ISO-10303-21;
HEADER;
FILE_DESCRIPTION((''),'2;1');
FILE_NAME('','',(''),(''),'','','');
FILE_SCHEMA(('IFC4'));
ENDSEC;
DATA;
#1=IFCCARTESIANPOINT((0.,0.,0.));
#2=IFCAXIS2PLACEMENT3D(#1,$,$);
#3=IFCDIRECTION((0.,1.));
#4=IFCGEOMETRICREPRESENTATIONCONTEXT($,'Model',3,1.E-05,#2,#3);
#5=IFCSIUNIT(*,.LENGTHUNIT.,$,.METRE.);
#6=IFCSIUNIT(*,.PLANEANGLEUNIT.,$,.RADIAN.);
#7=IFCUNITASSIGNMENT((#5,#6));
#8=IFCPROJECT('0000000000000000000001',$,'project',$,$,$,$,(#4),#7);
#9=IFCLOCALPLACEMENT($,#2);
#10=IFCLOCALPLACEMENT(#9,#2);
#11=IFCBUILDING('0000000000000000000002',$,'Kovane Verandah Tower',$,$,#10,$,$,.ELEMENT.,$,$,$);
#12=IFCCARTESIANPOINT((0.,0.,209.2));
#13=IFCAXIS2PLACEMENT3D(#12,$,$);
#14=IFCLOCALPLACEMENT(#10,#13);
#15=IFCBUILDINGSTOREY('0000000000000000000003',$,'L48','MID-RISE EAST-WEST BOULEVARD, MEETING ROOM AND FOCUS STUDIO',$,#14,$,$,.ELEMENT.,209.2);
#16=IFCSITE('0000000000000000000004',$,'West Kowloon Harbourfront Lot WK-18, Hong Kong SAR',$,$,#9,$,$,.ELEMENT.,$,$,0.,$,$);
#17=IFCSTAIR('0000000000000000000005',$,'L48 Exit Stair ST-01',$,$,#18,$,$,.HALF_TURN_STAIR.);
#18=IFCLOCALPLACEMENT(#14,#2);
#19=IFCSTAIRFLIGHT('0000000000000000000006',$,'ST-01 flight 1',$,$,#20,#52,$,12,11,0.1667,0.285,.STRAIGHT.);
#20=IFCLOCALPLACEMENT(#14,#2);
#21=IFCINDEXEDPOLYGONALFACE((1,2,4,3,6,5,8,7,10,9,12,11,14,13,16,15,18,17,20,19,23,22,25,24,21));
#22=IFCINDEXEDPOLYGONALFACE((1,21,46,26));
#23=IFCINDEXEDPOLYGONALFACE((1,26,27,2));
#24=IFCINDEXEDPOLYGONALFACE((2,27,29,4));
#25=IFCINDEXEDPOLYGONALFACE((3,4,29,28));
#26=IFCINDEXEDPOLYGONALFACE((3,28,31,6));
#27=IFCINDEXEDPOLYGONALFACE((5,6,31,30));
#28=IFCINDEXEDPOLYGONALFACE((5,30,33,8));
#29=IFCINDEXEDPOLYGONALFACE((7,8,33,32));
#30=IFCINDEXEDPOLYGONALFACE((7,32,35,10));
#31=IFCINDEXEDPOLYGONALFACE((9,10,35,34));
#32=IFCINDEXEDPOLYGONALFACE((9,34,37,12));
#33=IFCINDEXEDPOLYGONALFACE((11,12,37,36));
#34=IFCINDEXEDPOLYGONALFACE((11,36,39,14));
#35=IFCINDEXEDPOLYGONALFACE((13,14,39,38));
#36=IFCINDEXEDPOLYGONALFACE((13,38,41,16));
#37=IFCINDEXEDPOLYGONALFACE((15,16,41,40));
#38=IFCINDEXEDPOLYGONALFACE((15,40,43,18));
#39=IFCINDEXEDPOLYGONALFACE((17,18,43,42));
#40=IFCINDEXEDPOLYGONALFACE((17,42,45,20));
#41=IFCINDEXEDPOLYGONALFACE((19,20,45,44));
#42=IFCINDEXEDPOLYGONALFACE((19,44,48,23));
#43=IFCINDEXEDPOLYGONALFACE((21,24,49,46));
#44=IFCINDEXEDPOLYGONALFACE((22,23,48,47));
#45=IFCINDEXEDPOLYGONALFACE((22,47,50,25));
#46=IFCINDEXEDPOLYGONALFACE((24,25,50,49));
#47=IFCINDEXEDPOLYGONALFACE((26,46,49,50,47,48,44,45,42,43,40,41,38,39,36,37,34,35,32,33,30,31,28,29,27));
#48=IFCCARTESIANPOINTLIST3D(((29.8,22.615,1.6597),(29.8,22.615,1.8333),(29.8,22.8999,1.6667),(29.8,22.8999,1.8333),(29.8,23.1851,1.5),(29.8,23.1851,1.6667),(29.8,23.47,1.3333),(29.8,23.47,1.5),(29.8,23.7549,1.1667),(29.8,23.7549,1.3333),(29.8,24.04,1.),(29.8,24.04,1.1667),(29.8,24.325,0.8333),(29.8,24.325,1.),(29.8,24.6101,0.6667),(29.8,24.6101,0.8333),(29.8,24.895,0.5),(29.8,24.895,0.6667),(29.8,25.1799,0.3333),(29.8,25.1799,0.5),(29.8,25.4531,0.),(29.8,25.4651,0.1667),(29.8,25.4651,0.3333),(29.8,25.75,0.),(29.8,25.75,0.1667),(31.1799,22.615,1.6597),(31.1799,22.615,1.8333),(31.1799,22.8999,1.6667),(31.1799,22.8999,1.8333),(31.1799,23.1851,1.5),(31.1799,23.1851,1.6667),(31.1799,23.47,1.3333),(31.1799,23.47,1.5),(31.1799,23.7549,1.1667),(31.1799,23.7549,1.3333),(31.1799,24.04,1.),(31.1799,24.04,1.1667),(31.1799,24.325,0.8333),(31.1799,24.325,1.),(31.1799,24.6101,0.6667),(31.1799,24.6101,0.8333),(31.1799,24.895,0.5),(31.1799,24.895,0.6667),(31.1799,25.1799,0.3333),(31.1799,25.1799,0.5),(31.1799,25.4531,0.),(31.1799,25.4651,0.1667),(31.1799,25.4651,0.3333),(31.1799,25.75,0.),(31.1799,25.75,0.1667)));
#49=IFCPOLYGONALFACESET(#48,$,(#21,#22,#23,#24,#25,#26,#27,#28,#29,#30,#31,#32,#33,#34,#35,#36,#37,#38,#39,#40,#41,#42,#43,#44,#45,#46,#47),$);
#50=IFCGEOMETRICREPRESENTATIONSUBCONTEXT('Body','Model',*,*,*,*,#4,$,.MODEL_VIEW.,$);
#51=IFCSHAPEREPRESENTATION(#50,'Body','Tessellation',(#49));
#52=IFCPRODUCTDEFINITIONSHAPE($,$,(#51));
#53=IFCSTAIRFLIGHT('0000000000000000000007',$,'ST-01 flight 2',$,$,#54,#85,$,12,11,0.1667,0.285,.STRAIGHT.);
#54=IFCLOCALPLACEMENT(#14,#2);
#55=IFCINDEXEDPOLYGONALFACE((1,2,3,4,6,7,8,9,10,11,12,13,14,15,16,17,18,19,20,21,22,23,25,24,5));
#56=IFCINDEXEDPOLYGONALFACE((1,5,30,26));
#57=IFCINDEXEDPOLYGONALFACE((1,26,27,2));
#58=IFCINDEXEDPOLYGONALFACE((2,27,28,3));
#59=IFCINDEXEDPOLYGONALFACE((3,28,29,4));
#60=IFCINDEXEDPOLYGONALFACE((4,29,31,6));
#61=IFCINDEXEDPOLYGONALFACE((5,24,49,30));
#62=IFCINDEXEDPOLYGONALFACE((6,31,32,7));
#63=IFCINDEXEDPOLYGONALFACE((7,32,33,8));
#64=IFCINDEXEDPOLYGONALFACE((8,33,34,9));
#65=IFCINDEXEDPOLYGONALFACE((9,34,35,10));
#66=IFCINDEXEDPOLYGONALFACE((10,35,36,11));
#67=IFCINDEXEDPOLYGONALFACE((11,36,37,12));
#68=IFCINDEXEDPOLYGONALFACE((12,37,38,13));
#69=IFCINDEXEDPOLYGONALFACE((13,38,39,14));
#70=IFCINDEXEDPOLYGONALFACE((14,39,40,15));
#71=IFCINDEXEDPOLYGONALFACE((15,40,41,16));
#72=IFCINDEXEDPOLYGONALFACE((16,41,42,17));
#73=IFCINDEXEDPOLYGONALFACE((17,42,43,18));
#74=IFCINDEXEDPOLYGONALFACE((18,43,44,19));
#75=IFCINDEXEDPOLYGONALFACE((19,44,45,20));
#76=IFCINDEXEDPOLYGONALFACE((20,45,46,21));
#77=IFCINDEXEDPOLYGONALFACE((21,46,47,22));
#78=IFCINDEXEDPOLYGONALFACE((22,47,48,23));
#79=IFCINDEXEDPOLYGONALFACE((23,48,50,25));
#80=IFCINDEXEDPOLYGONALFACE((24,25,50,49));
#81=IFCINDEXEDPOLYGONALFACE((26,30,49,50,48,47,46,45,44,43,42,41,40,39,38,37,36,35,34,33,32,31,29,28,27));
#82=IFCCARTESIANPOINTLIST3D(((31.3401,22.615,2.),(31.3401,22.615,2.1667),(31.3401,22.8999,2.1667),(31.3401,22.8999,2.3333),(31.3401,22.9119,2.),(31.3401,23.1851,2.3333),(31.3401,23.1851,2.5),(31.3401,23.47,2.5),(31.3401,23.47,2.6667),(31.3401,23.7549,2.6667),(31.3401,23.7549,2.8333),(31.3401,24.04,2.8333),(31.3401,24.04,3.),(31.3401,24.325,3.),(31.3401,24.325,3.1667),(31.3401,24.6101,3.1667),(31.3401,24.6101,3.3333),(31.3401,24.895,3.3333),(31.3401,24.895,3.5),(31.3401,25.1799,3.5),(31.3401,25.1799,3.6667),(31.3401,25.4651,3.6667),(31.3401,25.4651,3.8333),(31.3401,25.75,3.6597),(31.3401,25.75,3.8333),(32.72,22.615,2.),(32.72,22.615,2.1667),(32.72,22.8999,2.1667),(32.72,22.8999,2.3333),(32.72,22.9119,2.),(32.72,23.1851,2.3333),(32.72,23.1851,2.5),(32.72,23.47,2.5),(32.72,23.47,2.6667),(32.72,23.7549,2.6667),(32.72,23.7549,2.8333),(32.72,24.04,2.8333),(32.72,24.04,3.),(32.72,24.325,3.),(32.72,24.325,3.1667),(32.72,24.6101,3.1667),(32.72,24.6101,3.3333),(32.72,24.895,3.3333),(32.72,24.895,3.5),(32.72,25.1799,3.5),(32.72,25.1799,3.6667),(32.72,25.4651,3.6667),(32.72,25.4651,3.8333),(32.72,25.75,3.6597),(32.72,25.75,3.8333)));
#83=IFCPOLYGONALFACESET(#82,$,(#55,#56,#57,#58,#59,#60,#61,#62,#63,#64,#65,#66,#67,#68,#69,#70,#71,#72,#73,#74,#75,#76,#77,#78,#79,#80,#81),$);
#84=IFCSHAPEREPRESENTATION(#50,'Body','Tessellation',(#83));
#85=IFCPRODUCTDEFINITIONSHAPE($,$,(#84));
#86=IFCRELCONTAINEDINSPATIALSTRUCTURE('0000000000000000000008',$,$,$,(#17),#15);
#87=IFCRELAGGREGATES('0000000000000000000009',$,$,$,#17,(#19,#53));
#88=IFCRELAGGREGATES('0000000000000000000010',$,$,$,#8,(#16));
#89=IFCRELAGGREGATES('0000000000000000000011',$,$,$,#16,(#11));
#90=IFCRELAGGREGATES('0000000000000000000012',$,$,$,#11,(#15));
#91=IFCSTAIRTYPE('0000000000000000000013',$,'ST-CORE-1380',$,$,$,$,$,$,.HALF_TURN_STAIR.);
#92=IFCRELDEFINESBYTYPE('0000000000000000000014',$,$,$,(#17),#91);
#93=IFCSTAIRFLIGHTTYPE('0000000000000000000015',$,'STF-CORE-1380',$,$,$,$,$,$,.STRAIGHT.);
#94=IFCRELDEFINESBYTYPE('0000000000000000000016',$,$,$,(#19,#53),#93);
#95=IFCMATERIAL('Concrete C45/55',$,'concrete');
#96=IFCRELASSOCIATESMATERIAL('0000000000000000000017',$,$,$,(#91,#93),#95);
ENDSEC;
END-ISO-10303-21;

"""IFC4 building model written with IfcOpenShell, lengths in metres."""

from ifc_helpers import new_model, si_unit, direction, frame, origin, place, context, subcontext, project, spatial, polyline, outline, extrude, material, type_object, element, aggregate, save


model = new_model("IFC4")

# Units and contexts
model_context = context("Model", 3, precision=1e-05, world=origin(), true_north=direction((0.0, 1.0)))
body_context = subcontext(model_context, "Body", "Model", "MODEL_VIEW")
ifc_project = project(units=[si_unit("LENGTHUNIT", "METRE"), si_unit("PLANEANGLEUNIT", "RADIAN")], contexts=[model_context])

# Site, building, storey
site_placement = place(None, origin())
site = spatial("IfcSite", under=ifc_project, at=site_placement, Name="West Kowloon Harbourfront Lot WK-18, Hong Kong SAR", CompositionType="ELEMENT", RefElevation=0.0)
building_placement = place(site_placement, origin())
building = spatial("IfcBuilding", under=site, at=building_placement, Name="Kovane Verandah Tower", CompositionType="ELEMENT")
storey_placement = place(building_placement, frame((0.0, 0.0, 209.2)))
storey = spatial("IfcBuildingStorey", under=building, at=storey_placement, Name="L48", Description="MID-RISE EAST-WEST BOULEVARD, MEETING ROOM AND FOCUS STUDIO", CompositionType="ELEMENT", Elevation=209.2)

# Shared definitions
ifc_material_1 = material(Name="Concrete C45/55", Category="concrete")

# Stair, stair flights
stair_type = type_object("IfcStairType", Name="ST-CORE-1380", PredefinedType="HALF_TURN_STAIR", material=ifc_material_1)
stair_placement = place(storey_placement, origin())
stair = element("IfcStair", 1, at=stair_placement, inside=storey, type_object=stair_type, Name="L48 Exit Stair ST-01", PredefinedType="HALF_TURN_STAIR")
stair_flight_type = type_object("IfcStairFlightType", Name="STF-CORE-1380", PredefinedType="STRAIGHT", material=ifc_material_1)
stair_flight_1_placement = place(storey_placement, frame((30.49, 25.75, 0.0), z_axis=(0.0, 0.0, 1.0), x_axis=(0.0, -1.0, 0.0)))
stair_flight_1 = element("IfcStairFlight", 2, at=stair_flight_1_placement, type_object=stair_flight_type, Name="ST-01 flight 1", NumberOfRisers=12, NumberOfTreads=11, PredefinedType="STRAIGHT", RiserHeight=0.1667, TreadLength=0.285, context=body_context, shape_type="SweptSolid", body=[
    extrude(outline(polyline([(0.0, 0.0), (0.0, 0.1667), (0.2849, 0.1667), (0.2849, 0.3333), (0.5701, 0.3333), (0.5701, 0.5), (0.855, 0.5), (0.855, 0.6667), (1.1399, 0.6667), (1.1399, 0.8333), (1.425, 0.8333), (1.425, 1.0), (1.71, 1.0), (1.71, 1.1667), (1.9951, 1.1667), (1.9951, 1.3333), (2.28, 1.3333), (2.28, 1.5), (2.5649, 1.5), (2.5649, 1.6667), (2.8501, 1.6667), (2.8501, 1.8333), (3.135, 1.8333), (3.135, 2.0), (3.135, 1.6597), (0.2969, 0.0), (0.0, 0.0)])), frame((0.0, 0.6899, 0.0), z_axis=(0.0, -1.0, 0.0), x_axis=(1.0, 0.0, 0.0)), (0.0, 0.0, 1.0), 1.3799),
])
stair_flight_2_placement = place(storey_placement, frame((32.03, 22.615, 2.0), z_axis=(0.0, 0.0, 1.0), x_axis=(0.0, 1.0, 0.0)))
stair_flight_2 = element("IfcStairFlight", 3, at=stair_flight_2_placement, type_object=stair_flight_type, Name="ST-01 flight 2", NumberOfRisers=12, NumberOfTreads=11, PredefinedType="STRAIGHT", RiserHeight=0.1667, TreadLength=0.285, context=body_context, shape_type="SweptSolid", body=[
    extrude(outline(polyline([(0.0, 0.0), (0.0, 0.1667), (0.2849, 0.1667), (0.2849, 0.3333), (0.5701, 0.3333), (0.5701, 0.5), (0.855, 0.5), (0.855, 0.6667), (1.1399, 0.6667), (1.1399, 0.8333), (1.425, 0.8333), (1.425, 1.0), (1.71, 1.0), (1.71, 1.1667), (1.9951, 1.1667), (1.9951, 1.3333), (2.28, 1.3333), (2.28, 1.5), (2.5649, 1.5), (2.5649, 1.6667), (2.8501, 1.6667), (2.8501, 1.8333), (3.135, 1.8333), (3.135, 2.0), (3.135, 1.6597), (0.2969, 0.0), (0.0, 0.0)])), frame((0.0, 0.6899, 0.0), z_axis=(0.0, -1.0, 0.0), x_axis=(1.0, 0.0, 0.0)), (0.0, 0.0, 1.0), 1.3799),
])
aggregate(stair, [stair_flight_1, stair_flight_2])

save(model, "model.ifc")
